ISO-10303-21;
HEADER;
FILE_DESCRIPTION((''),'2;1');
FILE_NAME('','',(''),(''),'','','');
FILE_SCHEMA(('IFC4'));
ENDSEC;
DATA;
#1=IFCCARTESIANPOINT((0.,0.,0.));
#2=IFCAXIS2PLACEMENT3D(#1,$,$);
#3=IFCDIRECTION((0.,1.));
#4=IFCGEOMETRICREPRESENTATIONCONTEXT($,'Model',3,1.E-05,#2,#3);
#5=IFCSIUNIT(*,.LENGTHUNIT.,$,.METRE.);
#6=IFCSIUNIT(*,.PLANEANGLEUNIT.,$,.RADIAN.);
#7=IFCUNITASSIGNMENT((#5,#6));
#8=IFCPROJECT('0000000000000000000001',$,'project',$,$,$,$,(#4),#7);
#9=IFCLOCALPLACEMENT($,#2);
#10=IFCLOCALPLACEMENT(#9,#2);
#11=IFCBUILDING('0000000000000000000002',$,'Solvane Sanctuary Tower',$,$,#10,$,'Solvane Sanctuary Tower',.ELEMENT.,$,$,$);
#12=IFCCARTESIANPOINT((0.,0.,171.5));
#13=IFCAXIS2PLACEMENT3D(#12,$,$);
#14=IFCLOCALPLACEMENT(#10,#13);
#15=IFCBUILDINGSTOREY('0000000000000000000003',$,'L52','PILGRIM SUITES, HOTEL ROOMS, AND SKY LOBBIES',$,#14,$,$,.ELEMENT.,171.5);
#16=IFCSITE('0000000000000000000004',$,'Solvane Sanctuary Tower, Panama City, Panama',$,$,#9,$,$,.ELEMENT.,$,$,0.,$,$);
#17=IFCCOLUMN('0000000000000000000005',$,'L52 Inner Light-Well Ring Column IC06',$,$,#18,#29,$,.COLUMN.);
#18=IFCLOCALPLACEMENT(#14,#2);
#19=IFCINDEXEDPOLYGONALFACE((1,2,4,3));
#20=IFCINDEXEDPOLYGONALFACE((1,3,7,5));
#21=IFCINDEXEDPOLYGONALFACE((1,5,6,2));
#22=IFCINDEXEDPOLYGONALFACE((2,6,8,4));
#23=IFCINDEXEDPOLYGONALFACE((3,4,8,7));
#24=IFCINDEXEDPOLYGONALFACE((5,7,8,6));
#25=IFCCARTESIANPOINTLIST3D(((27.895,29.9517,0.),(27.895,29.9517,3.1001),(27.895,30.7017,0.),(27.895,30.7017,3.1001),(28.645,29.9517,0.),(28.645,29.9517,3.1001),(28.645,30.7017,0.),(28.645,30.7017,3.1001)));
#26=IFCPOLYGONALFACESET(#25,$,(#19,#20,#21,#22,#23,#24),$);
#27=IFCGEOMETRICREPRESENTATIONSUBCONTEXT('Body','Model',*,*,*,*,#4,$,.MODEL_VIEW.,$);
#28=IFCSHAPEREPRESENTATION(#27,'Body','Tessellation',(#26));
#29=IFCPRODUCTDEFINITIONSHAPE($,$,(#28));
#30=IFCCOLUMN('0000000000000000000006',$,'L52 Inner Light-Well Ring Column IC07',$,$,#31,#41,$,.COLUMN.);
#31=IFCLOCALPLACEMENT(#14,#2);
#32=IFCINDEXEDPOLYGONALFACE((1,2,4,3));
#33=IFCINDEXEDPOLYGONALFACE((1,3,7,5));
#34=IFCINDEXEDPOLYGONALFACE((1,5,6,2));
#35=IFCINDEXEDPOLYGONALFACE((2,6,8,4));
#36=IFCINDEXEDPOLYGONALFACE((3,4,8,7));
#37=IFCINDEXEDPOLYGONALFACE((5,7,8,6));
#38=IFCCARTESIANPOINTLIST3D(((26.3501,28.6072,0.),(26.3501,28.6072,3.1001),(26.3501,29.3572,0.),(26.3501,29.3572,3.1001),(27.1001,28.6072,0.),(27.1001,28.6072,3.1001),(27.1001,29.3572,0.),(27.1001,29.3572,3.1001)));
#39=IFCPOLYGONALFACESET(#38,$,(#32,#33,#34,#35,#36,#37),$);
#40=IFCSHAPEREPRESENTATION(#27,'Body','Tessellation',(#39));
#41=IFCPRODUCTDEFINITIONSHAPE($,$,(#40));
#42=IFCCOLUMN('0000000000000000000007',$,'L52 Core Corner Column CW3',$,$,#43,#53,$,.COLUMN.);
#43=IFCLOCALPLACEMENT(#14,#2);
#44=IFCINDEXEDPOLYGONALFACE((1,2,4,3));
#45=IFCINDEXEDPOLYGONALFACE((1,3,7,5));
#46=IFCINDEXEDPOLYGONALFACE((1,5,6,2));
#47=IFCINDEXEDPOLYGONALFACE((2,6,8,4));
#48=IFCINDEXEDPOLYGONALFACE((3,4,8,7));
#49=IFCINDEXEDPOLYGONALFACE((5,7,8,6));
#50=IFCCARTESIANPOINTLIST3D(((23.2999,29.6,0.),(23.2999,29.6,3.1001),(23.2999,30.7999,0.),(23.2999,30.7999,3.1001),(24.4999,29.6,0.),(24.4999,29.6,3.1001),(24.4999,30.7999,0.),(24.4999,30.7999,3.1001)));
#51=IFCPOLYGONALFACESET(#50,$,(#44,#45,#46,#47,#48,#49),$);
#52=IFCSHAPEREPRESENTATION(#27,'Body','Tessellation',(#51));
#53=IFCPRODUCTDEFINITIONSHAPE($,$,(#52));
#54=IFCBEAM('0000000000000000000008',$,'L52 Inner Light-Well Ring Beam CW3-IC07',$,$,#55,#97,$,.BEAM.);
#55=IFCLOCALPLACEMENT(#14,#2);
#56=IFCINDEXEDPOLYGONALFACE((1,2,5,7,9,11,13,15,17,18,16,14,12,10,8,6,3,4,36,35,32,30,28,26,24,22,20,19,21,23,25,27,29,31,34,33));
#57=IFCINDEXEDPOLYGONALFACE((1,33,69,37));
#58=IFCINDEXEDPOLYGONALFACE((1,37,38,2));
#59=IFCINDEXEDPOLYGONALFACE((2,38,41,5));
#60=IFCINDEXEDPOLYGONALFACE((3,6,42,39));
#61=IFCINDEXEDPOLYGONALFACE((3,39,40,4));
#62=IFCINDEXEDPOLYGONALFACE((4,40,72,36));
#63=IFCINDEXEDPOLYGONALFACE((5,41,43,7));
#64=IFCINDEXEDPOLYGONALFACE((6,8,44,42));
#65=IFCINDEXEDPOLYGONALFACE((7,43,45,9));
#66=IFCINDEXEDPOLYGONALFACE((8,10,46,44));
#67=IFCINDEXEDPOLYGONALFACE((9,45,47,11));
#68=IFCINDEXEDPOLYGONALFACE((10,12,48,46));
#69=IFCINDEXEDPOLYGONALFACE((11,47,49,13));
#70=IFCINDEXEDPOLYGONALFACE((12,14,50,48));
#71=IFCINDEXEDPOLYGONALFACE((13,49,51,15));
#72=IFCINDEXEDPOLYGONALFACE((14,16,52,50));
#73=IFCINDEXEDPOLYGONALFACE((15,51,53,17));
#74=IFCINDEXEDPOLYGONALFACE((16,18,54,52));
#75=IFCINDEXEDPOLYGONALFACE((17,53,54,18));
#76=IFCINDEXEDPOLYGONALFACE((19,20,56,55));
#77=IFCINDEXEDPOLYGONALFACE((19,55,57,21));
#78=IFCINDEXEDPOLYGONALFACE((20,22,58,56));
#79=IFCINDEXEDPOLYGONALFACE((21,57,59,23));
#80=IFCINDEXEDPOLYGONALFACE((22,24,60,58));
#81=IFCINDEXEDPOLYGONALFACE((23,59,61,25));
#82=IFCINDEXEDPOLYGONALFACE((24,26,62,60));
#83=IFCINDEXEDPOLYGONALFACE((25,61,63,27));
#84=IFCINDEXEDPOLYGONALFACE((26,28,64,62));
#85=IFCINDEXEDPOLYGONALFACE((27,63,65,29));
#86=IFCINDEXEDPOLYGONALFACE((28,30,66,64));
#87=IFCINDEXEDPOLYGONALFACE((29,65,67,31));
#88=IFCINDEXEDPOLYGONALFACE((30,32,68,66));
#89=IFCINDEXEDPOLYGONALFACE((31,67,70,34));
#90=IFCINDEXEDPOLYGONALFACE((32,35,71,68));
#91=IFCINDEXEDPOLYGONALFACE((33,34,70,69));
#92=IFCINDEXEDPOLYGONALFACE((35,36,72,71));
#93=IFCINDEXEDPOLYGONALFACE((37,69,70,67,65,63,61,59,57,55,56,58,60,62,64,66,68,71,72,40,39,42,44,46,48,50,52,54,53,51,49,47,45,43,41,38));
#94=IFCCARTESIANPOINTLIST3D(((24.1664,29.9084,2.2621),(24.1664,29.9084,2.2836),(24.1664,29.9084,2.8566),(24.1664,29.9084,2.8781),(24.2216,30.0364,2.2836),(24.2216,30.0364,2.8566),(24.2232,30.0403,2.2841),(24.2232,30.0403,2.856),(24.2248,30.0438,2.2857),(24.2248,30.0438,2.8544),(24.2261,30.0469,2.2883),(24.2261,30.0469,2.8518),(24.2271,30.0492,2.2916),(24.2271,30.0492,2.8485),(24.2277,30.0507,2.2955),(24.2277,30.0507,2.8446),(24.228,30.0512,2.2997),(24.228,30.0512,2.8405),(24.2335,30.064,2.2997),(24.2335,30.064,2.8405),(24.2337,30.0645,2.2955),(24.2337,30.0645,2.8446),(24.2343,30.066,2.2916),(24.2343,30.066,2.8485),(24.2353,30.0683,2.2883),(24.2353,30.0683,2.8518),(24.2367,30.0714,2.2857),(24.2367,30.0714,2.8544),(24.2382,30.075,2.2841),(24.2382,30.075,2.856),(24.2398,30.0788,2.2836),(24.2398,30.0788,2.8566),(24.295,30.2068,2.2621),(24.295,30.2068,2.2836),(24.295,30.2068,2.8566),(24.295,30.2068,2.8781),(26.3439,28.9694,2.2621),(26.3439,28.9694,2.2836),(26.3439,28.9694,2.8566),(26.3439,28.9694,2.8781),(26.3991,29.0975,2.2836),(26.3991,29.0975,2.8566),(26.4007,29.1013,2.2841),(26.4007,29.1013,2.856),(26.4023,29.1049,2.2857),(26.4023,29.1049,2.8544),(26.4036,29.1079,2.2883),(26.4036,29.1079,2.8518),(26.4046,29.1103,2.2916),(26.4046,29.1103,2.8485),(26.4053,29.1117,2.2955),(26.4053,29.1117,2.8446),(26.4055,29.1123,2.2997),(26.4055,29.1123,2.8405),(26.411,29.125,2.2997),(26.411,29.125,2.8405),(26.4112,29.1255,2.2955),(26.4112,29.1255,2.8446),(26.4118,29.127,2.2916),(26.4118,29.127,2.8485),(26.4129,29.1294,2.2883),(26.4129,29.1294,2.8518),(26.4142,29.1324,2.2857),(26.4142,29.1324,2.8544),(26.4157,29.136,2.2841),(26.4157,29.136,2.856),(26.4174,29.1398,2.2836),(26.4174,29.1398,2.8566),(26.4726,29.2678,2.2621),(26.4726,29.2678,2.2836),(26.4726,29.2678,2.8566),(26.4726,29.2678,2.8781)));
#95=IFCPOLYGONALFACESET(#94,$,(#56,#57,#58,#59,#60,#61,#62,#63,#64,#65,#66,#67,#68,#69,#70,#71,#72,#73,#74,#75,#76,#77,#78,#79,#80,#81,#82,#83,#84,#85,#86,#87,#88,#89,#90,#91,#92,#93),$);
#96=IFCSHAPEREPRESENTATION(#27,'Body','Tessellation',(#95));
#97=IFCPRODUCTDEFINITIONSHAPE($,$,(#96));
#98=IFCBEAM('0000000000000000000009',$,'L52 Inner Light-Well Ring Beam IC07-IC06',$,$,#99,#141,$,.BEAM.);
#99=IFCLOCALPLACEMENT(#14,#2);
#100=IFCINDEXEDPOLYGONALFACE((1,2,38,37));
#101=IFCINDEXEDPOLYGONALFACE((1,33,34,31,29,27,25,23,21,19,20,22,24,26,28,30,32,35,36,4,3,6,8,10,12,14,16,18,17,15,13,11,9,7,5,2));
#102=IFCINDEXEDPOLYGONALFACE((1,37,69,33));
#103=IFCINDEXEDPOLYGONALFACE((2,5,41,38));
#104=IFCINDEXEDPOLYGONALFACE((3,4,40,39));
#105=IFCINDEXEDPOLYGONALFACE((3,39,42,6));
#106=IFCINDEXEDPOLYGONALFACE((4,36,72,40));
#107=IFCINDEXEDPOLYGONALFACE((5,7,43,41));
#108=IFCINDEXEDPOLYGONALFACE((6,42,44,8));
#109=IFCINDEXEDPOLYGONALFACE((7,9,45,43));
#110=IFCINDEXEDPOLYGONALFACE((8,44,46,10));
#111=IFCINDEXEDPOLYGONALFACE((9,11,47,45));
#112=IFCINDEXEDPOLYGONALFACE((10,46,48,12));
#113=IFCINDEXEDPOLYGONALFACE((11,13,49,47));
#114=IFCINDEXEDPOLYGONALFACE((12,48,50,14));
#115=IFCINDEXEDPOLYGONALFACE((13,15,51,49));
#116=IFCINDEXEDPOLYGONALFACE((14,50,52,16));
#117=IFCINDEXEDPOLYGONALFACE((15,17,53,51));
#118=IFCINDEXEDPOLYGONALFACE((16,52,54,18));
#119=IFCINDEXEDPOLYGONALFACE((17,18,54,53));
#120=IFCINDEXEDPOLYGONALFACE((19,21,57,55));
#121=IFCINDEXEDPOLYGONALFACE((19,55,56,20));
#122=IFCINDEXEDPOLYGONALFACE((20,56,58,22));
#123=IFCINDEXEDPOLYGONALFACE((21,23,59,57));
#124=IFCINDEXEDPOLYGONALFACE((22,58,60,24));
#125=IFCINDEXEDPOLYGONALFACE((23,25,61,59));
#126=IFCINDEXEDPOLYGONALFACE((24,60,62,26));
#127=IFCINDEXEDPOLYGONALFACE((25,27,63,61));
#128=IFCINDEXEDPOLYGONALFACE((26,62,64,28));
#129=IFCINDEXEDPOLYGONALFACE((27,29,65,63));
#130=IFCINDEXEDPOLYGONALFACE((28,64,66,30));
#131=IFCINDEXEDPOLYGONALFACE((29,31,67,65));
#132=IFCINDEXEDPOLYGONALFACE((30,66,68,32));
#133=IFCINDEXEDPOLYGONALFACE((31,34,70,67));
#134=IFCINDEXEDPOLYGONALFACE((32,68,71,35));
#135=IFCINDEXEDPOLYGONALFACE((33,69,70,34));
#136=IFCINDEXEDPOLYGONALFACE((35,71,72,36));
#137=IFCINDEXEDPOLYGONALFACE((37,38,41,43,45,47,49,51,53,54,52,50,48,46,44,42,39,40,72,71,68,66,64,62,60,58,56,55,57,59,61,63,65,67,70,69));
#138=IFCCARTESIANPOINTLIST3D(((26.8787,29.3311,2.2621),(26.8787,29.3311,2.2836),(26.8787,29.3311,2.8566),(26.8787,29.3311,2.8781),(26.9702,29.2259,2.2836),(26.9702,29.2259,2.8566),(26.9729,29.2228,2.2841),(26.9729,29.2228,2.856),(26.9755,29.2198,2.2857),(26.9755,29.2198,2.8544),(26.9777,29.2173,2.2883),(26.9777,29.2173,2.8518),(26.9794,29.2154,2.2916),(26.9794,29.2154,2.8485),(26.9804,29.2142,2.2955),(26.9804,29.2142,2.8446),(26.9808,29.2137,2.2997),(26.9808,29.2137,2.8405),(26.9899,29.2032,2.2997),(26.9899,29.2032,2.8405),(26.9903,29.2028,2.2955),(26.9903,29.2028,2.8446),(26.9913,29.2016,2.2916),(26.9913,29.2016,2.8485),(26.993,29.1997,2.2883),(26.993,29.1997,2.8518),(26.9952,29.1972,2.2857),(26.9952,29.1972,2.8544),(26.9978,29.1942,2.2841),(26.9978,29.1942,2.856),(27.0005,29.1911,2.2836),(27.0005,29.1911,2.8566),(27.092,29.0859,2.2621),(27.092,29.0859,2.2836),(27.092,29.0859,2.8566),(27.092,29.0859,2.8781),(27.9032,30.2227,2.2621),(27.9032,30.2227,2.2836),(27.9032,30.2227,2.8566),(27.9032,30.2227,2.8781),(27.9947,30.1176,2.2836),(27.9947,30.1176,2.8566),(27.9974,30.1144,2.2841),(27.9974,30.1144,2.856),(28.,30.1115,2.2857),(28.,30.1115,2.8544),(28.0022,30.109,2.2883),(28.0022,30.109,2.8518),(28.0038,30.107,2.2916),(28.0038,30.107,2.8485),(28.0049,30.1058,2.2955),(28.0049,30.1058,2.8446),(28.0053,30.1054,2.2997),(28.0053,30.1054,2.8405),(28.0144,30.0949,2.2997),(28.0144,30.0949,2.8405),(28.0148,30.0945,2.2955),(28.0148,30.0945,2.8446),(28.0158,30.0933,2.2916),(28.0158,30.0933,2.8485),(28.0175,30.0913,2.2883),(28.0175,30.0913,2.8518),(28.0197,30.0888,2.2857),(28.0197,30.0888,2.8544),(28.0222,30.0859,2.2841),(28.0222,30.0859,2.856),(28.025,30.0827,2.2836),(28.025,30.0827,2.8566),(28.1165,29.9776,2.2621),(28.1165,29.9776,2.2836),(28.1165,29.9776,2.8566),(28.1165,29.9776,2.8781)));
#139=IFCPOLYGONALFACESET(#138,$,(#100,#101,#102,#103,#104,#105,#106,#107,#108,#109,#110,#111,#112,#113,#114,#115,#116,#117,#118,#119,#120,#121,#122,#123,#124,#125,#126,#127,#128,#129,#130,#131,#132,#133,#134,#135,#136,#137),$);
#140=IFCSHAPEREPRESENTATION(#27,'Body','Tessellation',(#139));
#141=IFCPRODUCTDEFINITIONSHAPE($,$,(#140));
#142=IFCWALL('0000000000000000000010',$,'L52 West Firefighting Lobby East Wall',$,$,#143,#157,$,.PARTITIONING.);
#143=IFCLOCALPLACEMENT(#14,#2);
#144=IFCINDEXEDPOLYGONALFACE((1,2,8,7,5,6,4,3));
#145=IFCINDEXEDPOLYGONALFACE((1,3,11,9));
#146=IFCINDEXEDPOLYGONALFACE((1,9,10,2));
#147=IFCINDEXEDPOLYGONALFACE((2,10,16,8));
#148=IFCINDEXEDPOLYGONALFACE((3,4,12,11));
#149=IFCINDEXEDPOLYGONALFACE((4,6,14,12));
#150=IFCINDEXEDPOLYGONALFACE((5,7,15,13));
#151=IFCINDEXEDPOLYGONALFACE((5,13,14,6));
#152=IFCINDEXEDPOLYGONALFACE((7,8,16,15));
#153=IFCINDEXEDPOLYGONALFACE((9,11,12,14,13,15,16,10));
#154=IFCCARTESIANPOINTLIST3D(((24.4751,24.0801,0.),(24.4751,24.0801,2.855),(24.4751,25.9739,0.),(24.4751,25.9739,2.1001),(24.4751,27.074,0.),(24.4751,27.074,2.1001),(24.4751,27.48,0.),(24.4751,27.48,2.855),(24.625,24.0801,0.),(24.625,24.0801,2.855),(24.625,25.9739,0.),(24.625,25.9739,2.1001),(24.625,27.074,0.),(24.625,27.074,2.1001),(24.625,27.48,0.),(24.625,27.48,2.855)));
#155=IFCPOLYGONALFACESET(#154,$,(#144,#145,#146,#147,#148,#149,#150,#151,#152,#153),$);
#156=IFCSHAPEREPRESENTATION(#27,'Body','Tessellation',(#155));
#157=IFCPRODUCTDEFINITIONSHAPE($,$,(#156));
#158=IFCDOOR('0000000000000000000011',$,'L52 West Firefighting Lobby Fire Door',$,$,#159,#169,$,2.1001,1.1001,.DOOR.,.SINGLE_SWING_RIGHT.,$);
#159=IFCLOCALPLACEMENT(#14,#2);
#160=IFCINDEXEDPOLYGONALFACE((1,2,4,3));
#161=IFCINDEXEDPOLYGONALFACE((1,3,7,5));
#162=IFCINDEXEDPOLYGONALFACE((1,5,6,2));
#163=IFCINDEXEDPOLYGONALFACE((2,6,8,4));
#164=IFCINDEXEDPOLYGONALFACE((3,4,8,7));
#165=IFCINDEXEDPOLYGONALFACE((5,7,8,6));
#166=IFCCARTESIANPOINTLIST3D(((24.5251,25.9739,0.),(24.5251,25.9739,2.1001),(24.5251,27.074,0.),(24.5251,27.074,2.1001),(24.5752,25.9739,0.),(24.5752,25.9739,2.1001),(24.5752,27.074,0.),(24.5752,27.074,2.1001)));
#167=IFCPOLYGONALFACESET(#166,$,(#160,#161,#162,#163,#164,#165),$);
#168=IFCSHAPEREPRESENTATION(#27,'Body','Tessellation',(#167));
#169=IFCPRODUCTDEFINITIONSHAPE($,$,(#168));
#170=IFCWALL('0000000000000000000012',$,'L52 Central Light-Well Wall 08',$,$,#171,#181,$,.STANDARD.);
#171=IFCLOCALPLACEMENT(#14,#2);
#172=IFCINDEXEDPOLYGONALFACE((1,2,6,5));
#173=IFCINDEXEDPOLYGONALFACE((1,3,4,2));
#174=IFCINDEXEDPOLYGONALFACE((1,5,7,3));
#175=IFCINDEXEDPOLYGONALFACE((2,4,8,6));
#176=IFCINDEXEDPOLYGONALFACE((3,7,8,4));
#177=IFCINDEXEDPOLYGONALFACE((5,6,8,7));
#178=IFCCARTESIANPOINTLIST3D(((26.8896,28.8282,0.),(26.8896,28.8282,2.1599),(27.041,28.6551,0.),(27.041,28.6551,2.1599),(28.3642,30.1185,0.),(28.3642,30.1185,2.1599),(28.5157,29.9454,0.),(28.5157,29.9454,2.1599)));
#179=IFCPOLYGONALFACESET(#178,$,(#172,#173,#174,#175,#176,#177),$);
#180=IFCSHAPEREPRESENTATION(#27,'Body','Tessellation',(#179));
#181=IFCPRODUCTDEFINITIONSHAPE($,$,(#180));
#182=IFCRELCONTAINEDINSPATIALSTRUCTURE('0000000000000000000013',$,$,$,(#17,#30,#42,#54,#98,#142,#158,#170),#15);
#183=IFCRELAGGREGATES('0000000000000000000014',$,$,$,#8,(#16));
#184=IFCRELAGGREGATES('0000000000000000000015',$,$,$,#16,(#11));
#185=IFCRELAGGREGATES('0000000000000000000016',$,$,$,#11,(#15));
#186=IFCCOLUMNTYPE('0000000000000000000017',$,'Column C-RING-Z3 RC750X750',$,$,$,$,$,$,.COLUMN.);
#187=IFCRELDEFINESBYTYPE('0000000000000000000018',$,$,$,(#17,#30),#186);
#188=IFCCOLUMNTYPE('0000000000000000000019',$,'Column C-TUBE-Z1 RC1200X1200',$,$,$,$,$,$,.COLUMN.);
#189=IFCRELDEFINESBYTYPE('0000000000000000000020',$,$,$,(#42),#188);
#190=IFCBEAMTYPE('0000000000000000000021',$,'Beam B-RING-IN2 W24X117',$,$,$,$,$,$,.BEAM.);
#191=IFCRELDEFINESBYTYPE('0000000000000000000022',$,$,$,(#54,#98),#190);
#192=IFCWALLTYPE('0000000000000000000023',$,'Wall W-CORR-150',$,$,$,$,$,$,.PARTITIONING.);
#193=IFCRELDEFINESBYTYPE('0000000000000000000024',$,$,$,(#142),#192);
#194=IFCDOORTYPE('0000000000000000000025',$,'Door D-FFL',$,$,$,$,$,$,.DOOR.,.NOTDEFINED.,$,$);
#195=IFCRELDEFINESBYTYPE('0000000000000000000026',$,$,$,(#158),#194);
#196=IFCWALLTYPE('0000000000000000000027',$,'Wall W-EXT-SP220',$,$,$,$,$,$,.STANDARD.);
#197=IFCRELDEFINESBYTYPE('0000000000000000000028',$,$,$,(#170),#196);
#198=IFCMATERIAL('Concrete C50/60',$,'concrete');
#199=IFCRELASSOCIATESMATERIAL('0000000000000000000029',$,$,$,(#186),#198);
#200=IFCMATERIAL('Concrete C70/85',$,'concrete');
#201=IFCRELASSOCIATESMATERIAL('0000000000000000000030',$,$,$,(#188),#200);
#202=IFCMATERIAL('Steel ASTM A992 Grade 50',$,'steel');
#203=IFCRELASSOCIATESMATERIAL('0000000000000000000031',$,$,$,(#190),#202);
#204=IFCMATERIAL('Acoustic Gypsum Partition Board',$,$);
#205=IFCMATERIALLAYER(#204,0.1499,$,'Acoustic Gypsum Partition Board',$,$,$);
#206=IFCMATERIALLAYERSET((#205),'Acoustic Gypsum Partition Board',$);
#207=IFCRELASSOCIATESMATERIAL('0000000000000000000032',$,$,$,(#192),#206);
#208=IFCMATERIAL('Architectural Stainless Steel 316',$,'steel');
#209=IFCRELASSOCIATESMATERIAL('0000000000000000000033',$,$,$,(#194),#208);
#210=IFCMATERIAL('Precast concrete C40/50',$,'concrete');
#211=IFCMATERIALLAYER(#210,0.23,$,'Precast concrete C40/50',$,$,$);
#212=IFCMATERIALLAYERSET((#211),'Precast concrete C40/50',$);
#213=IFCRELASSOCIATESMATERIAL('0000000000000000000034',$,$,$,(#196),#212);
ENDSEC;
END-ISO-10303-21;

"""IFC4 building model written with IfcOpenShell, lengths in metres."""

from ifc_helpers import new_model, si_unit, direction, frame, frame_2d, origin, origin_2d, place, context, subcontext, project, spatial, rectangle, i_section, extrude, material, layer, layer_set, material_profile, profile_set, type_object, element, fill, save


model = new_model("IFC4")

# Units and contexts
model_context = context("Model", 3, precision=1e-05, world=origin(), true_north=direction((0.0, 1.0)))
body_context = subcontext(model_context, "Body", "Model", "MODEL_VIEW")
ifc_project = project(units=[si_unit("LENGTHUNIT", "METRE"), si_unit("PLANEANGLEUNIT", "RADIAN")], contexts=[model_context])

# Site, building, storey
site_placement = place(None, origin())
site = spatial("IfcSite", under=ifc_project, at=site_placement, Name="Solvane Sanctuary Tower, Panama City, Panama", CompositionType="ELEMENT", RefElevation=0.0)
building_placement = place(site_placement, origin())
building = spatial("IfcBuilding", under=site, at=building_placement, Name="Solvane Sanctuary Tower", LongName="Solvane Sanctuary Tower", CompositionType="ELEMENT")
storey_placement = place(building_placement, frame((0.0, 0.0, 171.5)))
storey = spatial("IfcBuildingStorey", under=building, at=storey_placement, Name="L52", Description="PILGRIM SUITES, HOTEL ROOMS, AND SKY LOBBIES", CompositionType="ELEMENT", Elevation=171.5)

# Columns
ifc_material_1 = material(Name="Concrete C50/60", Category="concrete")
ifc_material_profile_1 = material_profile(ifc_material_1, rectangle(XDim=0.75, YDim=0.75, at=origin_2d()), Name="RC750X750")
ifc_profile_set_1 = profile_set([ifc_material_profile_1], Name="Concrete C50/60")
column_type_1 = type_object("IfcColumnType", Name="Column C-RING-Z3 RC750X750", PredefinedType="COLUMN", material=ifc_profile_set_1)
for number, where, z_axis, x_axis, name in (
    (1, (28.27, 30.3267, 0.0), (0.0, 0.0, 1.0), (1.0, 0.0, 0.0), "L52 Inner Light-Well Ring Column IC06"),
    (2, (26.7251, 28.9822, 0.0), (0.0, 0.0, 1.0), (1.0, 0.0, 0.0), "L52 Inner Light-Well Ring Column IC07"),
):
    element("IfcColumn", number, at=place(storey_placement, frame(where, z_axis=z_axis, x_axis=x_axis)), inside=storey, type_object=column_type_1, Name=name, PredefinedType="COLUMN", context=body_context, shape_type="SweptSolid", body=[
        extrude(rectangle(XDim=0.75, YDim=0.75, at=origin_2d()), origin(), (0.0, 0.0, 1.0), 3.1001),
    ])
ifc_material_2 = material(Name="Concrete C70/85", Category="concrete")
ifc_material_profile_2 = material_profile(ifc_material_2, rectangle(XDim=1.2, YDim=1.2, at=origin_2d()), Name="RC1200X1200")
ifc_profile_set_2 = profile_set([ifc_material_profile_2], Name="Concrete C70/85")
column_type_2 = type_object("IfcColumnType", Name="Column C-TUBE-Z1 RC1200X1200", PredefinedType="COLUMN", material=ifc_profile_set_2)
column_placement = place(storey_placement, frame((23.8999, 30.2, 0.0), z_axis=(0.0, 0.0, 1.0), x_axis=(1.0, 0.0, 0.0)))
element("IfcColumn", 3, at=column_placement, inside=storey, type_object=column_type_2, Name="L52 Core Corner Column CW3", PredefinedType="COLUMN", context=body_context, shape_type="SweptSolid", body=[
    extrude(rectangle(XDim=1.2, YDim=1.2, at=origin_2d()), origin(), (0.0, 0.0, 1.0), 3.1001),
])

# Beams
ifc_material_3 = material(Name="Steel ASTM A992 Grade 50", Category="steel")
ifc_material_profile_3 = material_profile(ifc_material_3, i_section(OverallWidth=0.325, OverallDepth=0.616, WebThickness=0.0139, FlangeThickness=0.0215, FilletRadius=0.0161, at=origin_2d()), Name="W24X117")
ifc_profile_set_3 = profile_set([ifc_material_profile_3], Name="Steel ASTM A992 Grade 50")
beam_type = type_object("IfcBeamType", Name="Beam B-RING-IN2 W24X117", PredefinedType="BEAM", material=ifc_profile_set_3)
beam_1_placement = place(storey_placement, frame((24.2307, 30.0576, 2.5701), z_axis=(0.918264, -0.395969, 0.0), x_axis=(0.395969, 0.918264, 0.0)))
element("IfcBeam", 4, at=beam_1_placement, inside=storey, type_object=beam_type, Name="L52 Inner Light-Well Ring Beam CW3-IC07", PredefinedType="BEAM", context=body_context, shape_type="SweptSolid", body=[
    extrude(i_section(OverallWidth=0.325, OverallDepth=0.616, WebThickness=0.0139, FlangeThickness=0.0215, FilletRadius=0.0161, at=origin_2d()), origin(), (0.0, 0.0, 1.0), 2.3713),
])
beam_2_placement = place(storey_placement, frame((26.9854, 29.2085, 2.5701), z_axis=(0.754311, 0.656517, 0.0), x_axis=(-0.656517, 0.754311, 0.0)))
element("IfcBeam", 5, at=beam_2_placement, inside=storey, type_object=beam_type, Name="L52 Inner Light-Well Ring Beam IC07-IC06", PredefinedType="BEAM", context=body_context, shape_type="SweptSolid", body=[
    extrude(i_section(OverallWidth=0.325, OverallDepth=0.616, WebThickness=0.0139, FlangeThickness=0.0215, FilletRadius=0.0161, at=origin_2d()), origin(), (0.0, 0.0, 1.0), 1.3582),
])

# Wall, opening, door
ifc_material_4 = material(Name="Acoustic Gypsum Partition Board")
ifc_layer_1 = layer(ifc_material_4, 0.1499, Name="Acoustic Gypsum Partition Board")
ifc_layer_set_1 = layer_set([ifc_layer_1], Name="Acoustic Gypsum Partition Board")
wall_type_1 = type_object("IfcWallType", Name="Wall W-CORR-150", PredefinedType="PARTITIONING", material=ifc_layer_set_1)
wall_1_placement = place(storey_placement, frame((24.55, 24.0801, 0.0), z_axis=(0.0, 0.0, 1.0), x_axis=(0.0, 1.0, 0.0)))
wall_1 = element("IfcWall", 6, at=wall_1_placement, inside=storey, type_object=wall_type_1, Name="L52 West Firefighting Lobby East Wall", PredefinedType="PARTITIONING", context=body_context, shape_type="SweptSolid", body=[
    extrude(rectangle(XDim=3.3999, YDim=0.1499, at=frame_2d((1.7, 0.0))), origin(), (0.0, 0.0, 1.0), 2.855),
])
opening_1_placement = place(wall_1_placement, frame((1.8938, 0.0, 0.0)))
opening_1 = element("IfcOpeningElement", 7, at=opening_1_placement, cuts=wall_1, PredefinedType="OPENING", context=body_context, shape_type="SweptSolid", body=[
    extrude(rectangle(XDim=1.1001, YDim=2.1001, at=frame_2d((0.55, 1.05))), frame((0.0, 0.085, 0.0), z_axis=(0.0, -1.0, 0.0), x_axis=(1.0, 0.0, 0.0)), (0.0, 0.0, 1.0), 0.1699),
])
ifc_material_5 = material(Name="Architectural Stainless Steel 316", Category="steel")
door_type_1 = type_object("IfcDoorType", Name="Door D-FFL", OperationType="NOTDEFINED", PredefinedType="DOOR", material=ifc_material_5)
door_1_placement = place(opening_1_placement, origin())
door_1 = element("IfcDoor", 8, at=door_1_placement, inside=storey, type_object=door_type_1, Name="L52 West Firefighting Lobby Fire Door", OperationType="SINGLE_SWING_RIGHT", OverallHeight=2.1001, OverallWidth=1.1001, PredefinedType="DOOR", context=body_context, shape_type="SweptSolid", body=[
    extrude(rectangle(XDim=1.1001, YDim=2.1001, at=frame_2d((0.55, 1.05))), frame((0.0, 0.0249, 0.0), z_axis=(0.0, -1.0, 0.0), x_axis=(1.0, 0.0, 0.0)), (0.0, 0.0, 1.0), 0.05),
])
fill(opening_1, door_1)

# Wall
ifc_material_6 = material(Name="Precast concrete C40/50", Category="concrete")
ifc_layer_2 = layer(ifc_material_6, 0.23, Name="Precast concrete C40/50")
ifc_layer_set_2 = layer_set([ifc_layer_2], Name="Precast concrete C40/50")
wall_type_2 = type_object("IfcWallType", Name="Wall W-EXT-SP220", PredefinedType="STANDARD", material=ifc_layer_set_2)
wall_2_placement = place(storey_placement, frame((28.4399, 30.032, 0.0), z_axis=(0.0, 0.0, 1.0), x_axis=(-0.752577, -0.658505, 0.0)))
element("IfcWall", 9, at=wall_2_placement, inside=storey, type_object=wall_type_2, Name="L52 Central Light-Well Wall 08", PredefinedType="STANDARD", context=body_context, shape_type="SweptSolid", body=[
    extrude(rectangle(XDim=1.9595, YDim=0.23, at=frame_2d((0.9797, 0.0))), origin(), (0.0, 0.0, 1.0), 2.1599),
])

save(model, "model.ifc")
